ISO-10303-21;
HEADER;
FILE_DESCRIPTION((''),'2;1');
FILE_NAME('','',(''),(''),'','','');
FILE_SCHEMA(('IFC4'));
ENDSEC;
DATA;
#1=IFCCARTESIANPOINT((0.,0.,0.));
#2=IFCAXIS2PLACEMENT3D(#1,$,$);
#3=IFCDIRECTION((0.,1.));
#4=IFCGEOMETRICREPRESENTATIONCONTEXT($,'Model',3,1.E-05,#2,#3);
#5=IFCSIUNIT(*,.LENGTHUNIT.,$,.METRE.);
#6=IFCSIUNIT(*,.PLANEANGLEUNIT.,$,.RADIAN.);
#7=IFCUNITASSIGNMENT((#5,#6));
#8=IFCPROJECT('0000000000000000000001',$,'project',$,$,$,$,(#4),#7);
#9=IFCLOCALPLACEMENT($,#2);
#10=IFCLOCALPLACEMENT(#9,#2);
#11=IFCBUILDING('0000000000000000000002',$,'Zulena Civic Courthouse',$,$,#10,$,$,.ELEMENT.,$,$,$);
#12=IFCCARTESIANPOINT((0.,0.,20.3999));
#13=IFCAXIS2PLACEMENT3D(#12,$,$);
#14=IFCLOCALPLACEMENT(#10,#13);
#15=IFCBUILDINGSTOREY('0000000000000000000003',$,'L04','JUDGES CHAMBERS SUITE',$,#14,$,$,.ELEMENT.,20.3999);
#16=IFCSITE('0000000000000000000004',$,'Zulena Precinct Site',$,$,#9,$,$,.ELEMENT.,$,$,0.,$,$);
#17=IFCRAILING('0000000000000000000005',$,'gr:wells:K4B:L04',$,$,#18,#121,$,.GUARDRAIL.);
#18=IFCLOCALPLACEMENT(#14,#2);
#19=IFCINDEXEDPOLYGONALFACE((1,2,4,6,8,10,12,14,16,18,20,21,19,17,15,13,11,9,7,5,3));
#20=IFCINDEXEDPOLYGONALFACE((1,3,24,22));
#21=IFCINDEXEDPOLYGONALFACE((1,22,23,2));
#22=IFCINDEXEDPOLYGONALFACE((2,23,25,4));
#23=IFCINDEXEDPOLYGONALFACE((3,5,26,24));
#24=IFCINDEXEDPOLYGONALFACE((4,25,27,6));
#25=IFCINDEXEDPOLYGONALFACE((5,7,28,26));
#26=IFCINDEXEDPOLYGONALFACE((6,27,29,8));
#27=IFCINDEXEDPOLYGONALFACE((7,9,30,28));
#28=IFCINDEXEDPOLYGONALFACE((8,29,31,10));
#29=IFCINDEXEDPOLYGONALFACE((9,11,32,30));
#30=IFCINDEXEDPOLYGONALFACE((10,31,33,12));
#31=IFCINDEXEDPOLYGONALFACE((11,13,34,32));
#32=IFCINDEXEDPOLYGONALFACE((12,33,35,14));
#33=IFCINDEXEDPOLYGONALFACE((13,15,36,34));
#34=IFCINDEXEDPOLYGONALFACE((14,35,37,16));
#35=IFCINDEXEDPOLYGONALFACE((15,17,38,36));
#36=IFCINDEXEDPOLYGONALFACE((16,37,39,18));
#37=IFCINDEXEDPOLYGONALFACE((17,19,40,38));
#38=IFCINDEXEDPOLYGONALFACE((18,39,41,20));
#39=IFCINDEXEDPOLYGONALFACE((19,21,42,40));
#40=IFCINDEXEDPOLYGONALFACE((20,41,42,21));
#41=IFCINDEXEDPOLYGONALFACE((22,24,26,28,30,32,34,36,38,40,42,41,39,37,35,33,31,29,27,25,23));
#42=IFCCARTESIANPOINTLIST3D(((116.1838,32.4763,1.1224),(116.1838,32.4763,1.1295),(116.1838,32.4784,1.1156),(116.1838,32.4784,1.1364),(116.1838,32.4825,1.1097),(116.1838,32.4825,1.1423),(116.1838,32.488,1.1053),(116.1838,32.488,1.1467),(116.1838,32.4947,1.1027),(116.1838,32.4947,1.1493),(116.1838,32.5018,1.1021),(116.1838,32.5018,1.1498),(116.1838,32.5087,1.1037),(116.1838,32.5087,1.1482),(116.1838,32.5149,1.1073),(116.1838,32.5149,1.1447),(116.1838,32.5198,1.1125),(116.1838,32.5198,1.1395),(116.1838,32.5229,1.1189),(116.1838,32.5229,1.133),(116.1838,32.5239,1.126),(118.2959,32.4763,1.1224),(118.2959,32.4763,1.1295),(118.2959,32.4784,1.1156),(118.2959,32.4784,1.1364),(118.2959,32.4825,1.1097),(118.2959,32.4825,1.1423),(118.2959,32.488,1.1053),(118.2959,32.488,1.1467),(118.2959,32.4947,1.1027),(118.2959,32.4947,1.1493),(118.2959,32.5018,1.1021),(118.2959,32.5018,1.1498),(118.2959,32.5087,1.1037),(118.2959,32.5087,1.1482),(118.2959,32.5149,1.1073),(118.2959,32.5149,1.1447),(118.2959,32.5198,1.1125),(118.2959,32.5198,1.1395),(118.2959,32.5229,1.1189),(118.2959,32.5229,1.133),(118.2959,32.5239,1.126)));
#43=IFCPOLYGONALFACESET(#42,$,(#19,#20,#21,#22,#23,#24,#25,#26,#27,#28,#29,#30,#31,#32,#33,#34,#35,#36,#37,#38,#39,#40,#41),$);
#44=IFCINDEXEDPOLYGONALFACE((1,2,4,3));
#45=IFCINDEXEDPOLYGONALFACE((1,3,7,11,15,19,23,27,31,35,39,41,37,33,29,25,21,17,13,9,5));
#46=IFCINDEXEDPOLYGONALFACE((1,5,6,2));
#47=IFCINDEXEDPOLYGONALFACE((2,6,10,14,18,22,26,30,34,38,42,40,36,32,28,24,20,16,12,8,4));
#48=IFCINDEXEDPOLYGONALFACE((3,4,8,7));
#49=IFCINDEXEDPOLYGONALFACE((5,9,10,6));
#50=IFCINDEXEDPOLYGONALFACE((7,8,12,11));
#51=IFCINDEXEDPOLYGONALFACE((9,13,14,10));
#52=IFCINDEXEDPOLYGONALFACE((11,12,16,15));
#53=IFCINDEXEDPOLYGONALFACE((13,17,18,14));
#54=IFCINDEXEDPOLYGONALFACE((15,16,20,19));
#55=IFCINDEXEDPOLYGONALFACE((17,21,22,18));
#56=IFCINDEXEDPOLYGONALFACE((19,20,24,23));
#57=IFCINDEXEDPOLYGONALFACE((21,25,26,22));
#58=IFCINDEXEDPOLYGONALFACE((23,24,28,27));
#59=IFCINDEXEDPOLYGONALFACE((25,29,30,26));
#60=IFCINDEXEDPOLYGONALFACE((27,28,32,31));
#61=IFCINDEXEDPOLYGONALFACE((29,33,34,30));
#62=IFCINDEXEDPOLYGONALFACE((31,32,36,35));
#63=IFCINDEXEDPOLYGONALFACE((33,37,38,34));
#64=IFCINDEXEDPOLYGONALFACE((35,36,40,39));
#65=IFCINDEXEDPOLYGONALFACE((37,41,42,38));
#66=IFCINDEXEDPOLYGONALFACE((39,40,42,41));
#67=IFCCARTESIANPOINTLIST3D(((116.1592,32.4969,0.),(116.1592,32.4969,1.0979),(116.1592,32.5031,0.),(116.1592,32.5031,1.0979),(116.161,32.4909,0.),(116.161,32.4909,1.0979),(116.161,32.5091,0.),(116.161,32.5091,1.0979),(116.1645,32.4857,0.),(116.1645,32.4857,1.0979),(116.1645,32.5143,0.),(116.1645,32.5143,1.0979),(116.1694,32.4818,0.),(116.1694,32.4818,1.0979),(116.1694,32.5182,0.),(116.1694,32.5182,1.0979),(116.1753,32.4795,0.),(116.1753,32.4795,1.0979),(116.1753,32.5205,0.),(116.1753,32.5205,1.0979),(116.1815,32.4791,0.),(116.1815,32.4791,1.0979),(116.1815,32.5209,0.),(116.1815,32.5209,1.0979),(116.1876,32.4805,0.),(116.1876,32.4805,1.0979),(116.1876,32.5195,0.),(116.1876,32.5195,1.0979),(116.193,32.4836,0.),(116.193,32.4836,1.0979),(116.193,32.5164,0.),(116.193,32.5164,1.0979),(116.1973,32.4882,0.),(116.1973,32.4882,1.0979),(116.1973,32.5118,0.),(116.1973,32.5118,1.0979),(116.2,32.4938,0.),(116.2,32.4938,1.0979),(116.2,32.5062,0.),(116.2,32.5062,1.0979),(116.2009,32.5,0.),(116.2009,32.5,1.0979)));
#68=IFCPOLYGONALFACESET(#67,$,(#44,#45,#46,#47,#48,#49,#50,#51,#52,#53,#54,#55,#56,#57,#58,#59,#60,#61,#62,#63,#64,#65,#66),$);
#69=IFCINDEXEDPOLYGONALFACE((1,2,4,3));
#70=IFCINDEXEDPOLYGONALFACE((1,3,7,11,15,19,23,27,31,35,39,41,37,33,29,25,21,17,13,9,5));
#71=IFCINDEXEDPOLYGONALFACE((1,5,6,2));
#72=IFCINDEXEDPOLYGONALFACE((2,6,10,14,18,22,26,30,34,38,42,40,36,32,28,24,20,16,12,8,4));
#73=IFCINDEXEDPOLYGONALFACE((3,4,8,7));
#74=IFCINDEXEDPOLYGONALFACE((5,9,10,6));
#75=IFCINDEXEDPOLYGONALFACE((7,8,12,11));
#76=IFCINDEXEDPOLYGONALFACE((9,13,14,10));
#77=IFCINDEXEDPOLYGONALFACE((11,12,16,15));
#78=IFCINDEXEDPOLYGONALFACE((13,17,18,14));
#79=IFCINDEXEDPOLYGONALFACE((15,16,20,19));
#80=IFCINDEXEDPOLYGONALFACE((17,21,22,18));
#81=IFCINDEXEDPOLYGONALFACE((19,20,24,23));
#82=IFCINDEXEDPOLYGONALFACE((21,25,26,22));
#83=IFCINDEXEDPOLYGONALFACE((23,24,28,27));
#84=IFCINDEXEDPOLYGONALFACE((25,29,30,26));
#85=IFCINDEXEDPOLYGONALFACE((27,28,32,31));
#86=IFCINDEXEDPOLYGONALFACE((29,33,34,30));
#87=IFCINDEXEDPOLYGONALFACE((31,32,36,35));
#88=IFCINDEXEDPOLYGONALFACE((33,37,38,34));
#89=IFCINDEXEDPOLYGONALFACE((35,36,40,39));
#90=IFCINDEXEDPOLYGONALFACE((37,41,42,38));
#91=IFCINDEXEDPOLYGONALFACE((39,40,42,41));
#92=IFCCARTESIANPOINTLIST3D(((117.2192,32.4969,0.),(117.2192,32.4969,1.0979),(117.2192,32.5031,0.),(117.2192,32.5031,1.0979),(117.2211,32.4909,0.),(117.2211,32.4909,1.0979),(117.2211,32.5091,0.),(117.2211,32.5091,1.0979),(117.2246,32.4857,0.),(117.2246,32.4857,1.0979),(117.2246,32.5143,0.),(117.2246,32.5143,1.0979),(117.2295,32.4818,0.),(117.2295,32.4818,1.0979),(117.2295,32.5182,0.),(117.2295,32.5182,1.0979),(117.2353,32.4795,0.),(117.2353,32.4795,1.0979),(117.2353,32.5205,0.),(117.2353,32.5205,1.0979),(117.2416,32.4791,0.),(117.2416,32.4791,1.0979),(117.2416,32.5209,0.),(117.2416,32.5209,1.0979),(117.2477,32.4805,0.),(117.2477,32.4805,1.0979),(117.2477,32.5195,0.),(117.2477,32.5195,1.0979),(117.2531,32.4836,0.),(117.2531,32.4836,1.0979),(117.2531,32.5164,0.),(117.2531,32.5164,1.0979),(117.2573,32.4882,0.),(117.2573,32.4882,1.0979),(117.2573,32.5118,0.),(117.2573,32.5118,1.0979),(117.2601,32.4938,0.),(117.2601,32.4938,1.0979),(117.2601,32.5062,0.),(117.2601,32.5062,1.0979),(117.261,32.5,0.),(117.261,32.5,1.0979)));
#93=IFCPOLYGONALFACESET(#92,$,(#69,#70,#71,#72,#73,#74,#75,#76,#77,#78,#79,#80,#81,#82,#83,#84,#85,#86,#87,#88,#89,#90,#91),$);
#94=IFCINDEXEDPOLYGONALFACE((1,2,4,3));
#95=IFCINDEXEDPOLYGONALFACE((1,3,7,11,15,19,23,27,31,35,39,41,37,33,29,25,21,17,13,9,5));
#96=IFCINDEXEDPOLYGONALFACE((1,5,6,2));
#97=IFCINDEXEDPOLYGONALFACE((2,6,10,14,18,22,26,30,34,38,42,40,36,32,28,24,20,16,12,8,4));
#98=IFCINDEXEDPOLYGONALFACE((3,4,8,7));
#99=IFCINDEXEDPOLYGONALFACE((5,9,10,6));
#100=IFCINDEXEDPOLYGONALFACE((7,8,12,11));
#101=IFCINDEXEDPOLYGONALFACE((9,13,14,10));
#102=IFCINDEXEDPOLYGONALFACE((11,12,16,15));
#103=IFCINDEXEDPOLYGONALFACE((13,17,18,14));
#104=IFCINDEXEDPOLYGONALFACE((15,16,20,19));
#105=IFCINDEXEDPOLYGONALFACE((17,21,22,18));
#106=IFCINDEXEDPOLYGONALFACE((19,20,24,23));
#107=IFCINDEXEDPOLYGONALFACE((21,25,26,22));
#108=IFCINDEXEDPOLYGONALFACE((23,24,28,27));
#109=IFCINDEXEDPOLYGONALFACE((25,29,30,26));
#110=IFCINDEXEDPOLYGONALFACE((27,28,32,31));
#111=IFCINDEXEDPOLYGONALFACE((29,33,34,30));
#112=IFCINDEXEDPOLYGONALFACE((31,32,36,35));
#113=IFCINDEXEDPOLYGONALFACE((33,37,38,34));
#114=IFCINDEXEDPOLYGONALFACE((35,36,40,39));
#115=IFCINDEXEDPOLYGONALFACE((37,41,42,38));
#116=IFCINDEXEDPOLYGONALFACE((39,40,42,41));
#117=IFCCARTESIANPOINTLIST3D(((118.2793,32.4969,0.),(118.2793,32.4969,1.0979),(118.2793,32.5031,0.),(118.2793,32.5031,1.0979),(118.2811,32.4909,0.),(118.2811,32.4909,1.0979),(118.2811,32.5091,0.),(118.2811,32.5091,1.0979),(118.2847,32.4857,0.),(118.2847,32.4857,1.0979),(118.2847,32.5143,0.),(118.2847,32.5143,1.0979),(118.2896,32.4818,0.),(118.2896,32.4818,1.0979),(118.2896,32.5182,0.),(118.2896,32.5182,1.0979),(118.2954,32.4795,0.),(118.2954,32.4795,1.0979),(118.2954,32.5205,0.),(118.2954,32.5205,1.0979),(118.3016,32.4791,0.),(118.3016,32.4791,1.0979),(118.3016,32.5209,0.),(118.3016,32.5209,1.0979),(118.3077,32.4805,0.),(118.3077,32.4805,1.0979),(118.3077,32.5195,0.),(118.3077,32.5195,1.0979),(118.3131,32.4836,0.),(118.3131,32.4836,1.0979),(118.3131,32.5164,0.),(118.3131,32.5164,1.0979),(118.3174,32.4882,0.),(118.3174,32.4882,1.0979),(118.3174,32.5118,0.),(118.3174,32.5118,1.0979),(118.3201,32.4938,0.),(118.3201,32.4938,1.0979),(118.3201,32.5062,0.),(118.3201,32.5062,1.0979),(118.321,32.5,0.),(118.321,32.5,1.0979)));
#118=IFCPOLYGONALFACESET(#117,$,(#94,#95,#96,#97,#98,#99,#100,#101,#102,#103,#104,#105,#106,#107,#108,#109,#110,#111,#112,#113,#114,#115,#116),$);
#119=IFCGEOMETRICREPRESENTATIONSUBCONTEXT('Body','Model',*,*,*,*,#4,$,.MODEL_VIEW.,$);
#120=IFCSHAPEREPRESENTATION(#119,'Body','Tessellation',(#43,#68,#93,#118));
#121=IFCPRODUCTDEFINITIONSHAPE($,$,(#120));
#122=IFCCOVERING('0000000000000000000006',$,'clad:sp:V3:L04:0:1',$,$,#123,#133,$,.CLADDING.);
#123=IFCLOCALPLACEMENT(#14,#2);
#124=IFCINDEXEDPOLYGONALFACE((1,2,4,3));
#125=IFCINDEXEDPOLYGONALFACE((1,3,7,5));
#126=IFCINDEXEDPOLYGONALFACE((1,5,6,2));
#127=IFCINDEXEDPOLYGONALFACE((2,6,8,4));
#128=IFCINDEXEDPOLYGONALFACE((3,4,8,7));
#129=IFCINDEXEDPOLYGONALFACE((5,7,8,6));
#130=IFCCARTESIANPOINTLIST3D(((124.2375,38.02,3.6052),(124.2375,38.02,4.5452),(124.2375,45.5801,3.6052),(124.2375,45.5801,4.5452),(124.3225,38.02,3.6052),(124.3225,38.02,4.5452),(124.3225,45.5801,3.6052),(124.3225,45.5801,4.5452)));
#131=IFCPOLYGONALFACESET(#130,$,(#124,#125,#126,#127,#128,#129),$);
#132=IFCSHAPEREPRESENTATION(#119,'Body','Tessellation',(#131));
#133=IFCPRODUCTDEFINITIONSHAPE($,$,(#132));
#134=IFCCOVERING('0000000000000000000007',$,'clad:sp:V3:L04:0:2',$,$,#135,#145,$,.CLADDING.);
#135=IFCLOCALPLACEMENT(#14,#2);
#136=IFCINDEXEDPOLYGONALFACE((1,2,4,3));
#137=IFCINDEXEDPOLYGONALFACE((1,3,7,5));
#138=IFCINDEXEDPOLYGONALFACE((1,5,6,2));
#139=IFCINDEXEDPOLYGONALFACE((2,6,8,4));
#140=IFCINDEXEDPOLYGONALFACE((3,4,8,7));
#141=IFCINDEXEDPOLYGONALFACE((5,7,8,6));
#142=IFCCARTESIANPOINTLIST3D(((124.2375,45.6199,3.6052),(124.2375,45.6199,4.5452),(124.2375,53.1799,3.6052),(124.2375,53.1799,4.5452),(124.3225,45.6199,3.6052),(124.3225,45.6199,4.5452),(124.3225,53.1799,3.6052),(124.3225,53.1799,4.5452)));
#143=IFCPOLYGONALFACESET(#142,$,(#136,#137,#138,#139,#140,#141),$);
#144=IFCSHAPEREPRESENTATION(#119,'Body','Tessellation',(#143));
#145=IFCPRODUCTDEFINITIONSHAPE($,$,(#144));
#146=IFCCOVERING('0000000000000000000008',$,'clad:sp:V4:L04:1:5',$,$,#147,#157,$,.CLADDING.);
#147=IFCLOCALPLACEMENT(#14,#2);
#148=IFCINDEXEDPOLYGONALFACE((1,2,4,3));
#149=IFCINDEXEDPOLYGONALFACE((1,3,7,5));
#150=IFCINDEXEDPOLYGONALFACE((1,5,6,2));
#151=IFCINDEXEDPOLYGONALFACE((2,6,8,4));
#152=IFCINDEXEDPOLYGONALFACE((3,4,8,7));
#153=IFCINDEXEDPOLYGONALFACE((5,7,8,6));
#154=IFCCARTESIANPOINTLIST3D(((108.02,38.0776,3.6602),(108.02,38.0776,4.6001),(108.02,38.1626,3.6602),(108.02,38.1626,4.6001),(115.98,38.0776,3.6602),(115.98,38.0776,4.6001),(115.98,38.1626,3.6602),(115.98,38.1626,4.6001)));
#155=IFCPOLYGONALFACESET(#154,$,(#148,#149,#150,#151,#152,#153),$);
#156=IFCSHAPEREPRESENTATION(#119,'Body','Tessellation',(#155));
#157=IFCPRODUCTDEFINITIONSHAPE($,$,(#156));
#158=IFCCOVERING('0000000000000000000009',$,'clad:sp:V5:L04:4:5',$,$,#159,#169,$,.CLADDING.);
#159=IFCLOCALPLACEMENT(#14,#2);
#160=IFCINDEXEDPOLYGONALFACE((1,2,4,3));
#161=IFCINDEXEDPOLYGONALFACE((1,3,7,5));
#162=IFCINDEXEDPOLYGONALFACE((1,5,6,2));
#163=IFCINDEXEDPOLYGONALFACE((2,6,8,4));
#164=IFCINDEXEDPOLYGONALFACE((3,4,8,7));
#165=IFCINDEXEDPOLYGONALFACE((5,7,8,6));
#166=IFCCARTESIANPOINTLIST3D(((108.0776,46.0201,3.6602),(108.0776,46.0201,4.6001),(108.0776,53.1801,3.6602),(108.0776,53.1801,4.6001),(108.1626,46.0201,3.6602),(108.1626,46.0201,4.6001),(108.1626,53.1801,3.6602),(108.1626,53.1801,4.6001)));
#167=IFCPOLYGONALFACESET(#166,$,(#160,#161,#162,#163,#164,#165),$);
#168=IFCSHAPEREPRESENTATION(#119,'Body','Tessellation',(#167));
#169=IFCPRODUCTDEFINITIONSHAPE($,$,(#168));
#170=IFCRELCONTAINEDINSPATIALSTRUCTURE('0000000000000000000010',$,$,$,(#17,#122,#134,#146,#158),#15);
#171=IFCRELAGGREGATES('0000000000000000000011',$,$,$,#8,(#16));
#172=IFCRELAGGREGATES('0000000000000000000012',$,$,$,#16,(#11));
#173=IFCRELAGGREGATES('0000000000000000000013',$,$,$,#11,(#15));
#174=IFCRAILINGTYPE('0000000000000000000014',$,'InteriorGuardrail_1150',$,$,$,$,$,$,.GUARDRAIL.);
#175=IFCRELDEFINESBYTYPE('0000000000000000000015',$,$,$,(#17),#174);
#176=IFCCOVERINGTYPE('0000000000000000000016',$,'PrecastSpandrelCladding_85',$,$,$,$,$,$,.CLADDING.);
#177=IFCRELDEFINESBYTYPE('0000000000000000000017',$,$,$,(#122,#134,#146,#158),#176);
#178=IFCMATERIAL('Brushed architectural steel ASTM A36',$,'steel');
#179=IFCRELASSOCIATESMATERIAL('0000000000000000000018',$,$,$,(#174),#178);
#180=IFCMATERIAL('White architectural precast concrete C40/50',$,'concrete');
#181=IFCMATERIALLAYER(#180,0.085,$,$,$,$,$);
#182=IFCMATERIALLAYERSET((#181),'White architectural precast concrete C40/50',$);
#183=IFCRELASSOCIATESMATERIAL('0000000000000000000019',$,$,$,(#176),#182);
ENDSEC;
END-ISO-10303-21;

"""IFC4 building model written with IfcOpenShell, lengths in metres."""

from ifc_helpers import new_model, si_unit, direction, frame, origin, origin_2d, place, context, subcontext, project, spatial, rectangle, circle, extrude, material, layer, layer_set, type_object, element, save


model = new_model("IFC4")

# Units and contexts
model_context = context("Model", 3, precision=1e-05, world=origin(), true_north=direction((0.0, 1.0)))
body_context = subcontext(model_context, "Body", "Model", "MODEL_VIEW")
ifc_project = project(units=[si_unit("LENGTHUNIT", "METRE"), si_unit("PLANEANGLEUNIT", "RADIAN")], contexts=[model_context])

# Site, building, storey
site_placement = place(None, origin())
site = spatial("IfcSite", under=ifc_project, at=site_placement, Name="Zulena Precinct Site", CompositionType="ELEMENT", RefElevation=0.0)
building_placement = place(site_placement, origin())
building = spatial("IfcBuilding", under=site, at=building_placement, Name="Zulena Civic Courthouse", CompositionType="ELEMENT")
storey_placement = place(building_placement, frame((0.0, 0.0, 20.3999)))
storey = spatial("IfcBuildingStorey", under=building, at=storey_placement, Name="L04", Description="JUDGES CHAMBERS SUITE", CompositionType="ELEMENT", Elevation=20.3999)

# Railing
ifc_material_1 = material(Name="Brushed architectural steel ASTM A36", Category="steel")
railing_type = type_object("IfcRailingType", Name="InteriorGuardrail_1150", PredefinedType="GUARDRAIL", material=ifc_material_1)
railing_1_placement = place(storey_placement, frame((116.1799, 32.5, 0.0)))
element("IfcRailing", 1, at=railing_1_placement, inside=storey, type_object=railing_type, Name="gr:wells:K4B:L04", PredefinedType="GUARDRAIL", context=body_context, shape_type="SweptSolid", body=[
    extrude(circle(Radius=0.0239, at=origin_2d()), frame((0.0039, 0.0, 1.126), z_axis=(1.0, 0.0, 0.0), x_axis=(0.0, 1.0, 0.0)), (0.0, 0.0, 1.0), 2.1121),
    extrude(circle(Radius=0.021, at=origin_2d()), origin(), (0.0, 0.0, 1.0), 1.0979),
    extrude(circle(Radius=0.021, at=origin_2d()), frame((1.0601, 0.0, 0.0)), (0.0, 0.0, 1.0), 1.0979),
    extrude(circle(Radius=0.021, at=origin_2d()), frame((2.1201, 0.0, 0.0)), (0.0, 0.0, 1.0), 1.0979),
])

# Coverings
ifc_material_2 = material(Name="White architectural precast concrete C40/50", Category="concrete")
ifc_layer_1 = layer(ifc_material_2, 0.085)
ifc_layer_set_1 = layer_set([ifc_layer_1], Name="White architectural precast concrete C40/50")
covering_type = type_object("IfcCoveringType", Name="PrecastSpandrelCladding_85", PredefinedType="CLADDING", material=ifc_layer_set_1)
for number, where, z_axis, x_axis, name in (
    (2, (124.28, 41.8, 3.6052), (0.0, 0.0, 1.0), (0.0, 1.0, 0.0), "clad:sp:V3:L04:0:1"),
    (3, (124.28, 49.3999, 3.6052), (0.0, 0.0, 1.0), (0.0, 1.0, 0.0), "clad:sp:V3:L04:0:2"),
):
    element("IfcCovering", number, at=place(storey_placement, frame(where, z_axis=z_axis, x_axis=x_axis)), inside=storey, type_object=covering_type, Name=name, PredefinedType="CLADDING", context=body_context, shape_type="SweptSolid", body=[
        extrude(rectangle(XDim=7.5601, YDim=0.085, at=origin_2d()), origin(), (0.0, 0.0, 1.0), 0.9399),
    ])
covering_1_placement = place(storey_placement, frame((112.0, 38.1201, 3.6602), z_axis=(0.0, 0.0, 1.0), x_axis=(1.0, 0.0, 0.0)))
element("IfcCovering", 4, at=covering_1_placement, inside=storey, type_object=covering_type, Name="clad:sp:V4:L04:1:5", PredefinedType="CLADDING", context=body_context, shape_type="SweptSolid", body=[
    extrude(rectangle(XDim=7.96, YDim=0.085, at=origin_2d()), origin(), (0.0, 0.0, 1.0), 0.9399),
])
covering_2_placement = place(storey_placement, frame((108.1201, 49.6001, 3.6602), z_axis=(0.0, 0.0, 1.0), x_axis=(0.0, -1.0, 0.0)))
element("IfcCovering", 5, at=covering_2_placement, inside=storey, type_object=covering_type, Name="clad:sp:V5:L04:4:5", PredefinedType="CLADDING", context=body_context, shape_type="SweptSolid", body=[
    extrude(rectangle(XDim=7.1599, YDim=0.085, at=origin_2d()), origin(), (0.0, 0.0, 1.0), 0.9399),
])

save(model, "model.ifc")
